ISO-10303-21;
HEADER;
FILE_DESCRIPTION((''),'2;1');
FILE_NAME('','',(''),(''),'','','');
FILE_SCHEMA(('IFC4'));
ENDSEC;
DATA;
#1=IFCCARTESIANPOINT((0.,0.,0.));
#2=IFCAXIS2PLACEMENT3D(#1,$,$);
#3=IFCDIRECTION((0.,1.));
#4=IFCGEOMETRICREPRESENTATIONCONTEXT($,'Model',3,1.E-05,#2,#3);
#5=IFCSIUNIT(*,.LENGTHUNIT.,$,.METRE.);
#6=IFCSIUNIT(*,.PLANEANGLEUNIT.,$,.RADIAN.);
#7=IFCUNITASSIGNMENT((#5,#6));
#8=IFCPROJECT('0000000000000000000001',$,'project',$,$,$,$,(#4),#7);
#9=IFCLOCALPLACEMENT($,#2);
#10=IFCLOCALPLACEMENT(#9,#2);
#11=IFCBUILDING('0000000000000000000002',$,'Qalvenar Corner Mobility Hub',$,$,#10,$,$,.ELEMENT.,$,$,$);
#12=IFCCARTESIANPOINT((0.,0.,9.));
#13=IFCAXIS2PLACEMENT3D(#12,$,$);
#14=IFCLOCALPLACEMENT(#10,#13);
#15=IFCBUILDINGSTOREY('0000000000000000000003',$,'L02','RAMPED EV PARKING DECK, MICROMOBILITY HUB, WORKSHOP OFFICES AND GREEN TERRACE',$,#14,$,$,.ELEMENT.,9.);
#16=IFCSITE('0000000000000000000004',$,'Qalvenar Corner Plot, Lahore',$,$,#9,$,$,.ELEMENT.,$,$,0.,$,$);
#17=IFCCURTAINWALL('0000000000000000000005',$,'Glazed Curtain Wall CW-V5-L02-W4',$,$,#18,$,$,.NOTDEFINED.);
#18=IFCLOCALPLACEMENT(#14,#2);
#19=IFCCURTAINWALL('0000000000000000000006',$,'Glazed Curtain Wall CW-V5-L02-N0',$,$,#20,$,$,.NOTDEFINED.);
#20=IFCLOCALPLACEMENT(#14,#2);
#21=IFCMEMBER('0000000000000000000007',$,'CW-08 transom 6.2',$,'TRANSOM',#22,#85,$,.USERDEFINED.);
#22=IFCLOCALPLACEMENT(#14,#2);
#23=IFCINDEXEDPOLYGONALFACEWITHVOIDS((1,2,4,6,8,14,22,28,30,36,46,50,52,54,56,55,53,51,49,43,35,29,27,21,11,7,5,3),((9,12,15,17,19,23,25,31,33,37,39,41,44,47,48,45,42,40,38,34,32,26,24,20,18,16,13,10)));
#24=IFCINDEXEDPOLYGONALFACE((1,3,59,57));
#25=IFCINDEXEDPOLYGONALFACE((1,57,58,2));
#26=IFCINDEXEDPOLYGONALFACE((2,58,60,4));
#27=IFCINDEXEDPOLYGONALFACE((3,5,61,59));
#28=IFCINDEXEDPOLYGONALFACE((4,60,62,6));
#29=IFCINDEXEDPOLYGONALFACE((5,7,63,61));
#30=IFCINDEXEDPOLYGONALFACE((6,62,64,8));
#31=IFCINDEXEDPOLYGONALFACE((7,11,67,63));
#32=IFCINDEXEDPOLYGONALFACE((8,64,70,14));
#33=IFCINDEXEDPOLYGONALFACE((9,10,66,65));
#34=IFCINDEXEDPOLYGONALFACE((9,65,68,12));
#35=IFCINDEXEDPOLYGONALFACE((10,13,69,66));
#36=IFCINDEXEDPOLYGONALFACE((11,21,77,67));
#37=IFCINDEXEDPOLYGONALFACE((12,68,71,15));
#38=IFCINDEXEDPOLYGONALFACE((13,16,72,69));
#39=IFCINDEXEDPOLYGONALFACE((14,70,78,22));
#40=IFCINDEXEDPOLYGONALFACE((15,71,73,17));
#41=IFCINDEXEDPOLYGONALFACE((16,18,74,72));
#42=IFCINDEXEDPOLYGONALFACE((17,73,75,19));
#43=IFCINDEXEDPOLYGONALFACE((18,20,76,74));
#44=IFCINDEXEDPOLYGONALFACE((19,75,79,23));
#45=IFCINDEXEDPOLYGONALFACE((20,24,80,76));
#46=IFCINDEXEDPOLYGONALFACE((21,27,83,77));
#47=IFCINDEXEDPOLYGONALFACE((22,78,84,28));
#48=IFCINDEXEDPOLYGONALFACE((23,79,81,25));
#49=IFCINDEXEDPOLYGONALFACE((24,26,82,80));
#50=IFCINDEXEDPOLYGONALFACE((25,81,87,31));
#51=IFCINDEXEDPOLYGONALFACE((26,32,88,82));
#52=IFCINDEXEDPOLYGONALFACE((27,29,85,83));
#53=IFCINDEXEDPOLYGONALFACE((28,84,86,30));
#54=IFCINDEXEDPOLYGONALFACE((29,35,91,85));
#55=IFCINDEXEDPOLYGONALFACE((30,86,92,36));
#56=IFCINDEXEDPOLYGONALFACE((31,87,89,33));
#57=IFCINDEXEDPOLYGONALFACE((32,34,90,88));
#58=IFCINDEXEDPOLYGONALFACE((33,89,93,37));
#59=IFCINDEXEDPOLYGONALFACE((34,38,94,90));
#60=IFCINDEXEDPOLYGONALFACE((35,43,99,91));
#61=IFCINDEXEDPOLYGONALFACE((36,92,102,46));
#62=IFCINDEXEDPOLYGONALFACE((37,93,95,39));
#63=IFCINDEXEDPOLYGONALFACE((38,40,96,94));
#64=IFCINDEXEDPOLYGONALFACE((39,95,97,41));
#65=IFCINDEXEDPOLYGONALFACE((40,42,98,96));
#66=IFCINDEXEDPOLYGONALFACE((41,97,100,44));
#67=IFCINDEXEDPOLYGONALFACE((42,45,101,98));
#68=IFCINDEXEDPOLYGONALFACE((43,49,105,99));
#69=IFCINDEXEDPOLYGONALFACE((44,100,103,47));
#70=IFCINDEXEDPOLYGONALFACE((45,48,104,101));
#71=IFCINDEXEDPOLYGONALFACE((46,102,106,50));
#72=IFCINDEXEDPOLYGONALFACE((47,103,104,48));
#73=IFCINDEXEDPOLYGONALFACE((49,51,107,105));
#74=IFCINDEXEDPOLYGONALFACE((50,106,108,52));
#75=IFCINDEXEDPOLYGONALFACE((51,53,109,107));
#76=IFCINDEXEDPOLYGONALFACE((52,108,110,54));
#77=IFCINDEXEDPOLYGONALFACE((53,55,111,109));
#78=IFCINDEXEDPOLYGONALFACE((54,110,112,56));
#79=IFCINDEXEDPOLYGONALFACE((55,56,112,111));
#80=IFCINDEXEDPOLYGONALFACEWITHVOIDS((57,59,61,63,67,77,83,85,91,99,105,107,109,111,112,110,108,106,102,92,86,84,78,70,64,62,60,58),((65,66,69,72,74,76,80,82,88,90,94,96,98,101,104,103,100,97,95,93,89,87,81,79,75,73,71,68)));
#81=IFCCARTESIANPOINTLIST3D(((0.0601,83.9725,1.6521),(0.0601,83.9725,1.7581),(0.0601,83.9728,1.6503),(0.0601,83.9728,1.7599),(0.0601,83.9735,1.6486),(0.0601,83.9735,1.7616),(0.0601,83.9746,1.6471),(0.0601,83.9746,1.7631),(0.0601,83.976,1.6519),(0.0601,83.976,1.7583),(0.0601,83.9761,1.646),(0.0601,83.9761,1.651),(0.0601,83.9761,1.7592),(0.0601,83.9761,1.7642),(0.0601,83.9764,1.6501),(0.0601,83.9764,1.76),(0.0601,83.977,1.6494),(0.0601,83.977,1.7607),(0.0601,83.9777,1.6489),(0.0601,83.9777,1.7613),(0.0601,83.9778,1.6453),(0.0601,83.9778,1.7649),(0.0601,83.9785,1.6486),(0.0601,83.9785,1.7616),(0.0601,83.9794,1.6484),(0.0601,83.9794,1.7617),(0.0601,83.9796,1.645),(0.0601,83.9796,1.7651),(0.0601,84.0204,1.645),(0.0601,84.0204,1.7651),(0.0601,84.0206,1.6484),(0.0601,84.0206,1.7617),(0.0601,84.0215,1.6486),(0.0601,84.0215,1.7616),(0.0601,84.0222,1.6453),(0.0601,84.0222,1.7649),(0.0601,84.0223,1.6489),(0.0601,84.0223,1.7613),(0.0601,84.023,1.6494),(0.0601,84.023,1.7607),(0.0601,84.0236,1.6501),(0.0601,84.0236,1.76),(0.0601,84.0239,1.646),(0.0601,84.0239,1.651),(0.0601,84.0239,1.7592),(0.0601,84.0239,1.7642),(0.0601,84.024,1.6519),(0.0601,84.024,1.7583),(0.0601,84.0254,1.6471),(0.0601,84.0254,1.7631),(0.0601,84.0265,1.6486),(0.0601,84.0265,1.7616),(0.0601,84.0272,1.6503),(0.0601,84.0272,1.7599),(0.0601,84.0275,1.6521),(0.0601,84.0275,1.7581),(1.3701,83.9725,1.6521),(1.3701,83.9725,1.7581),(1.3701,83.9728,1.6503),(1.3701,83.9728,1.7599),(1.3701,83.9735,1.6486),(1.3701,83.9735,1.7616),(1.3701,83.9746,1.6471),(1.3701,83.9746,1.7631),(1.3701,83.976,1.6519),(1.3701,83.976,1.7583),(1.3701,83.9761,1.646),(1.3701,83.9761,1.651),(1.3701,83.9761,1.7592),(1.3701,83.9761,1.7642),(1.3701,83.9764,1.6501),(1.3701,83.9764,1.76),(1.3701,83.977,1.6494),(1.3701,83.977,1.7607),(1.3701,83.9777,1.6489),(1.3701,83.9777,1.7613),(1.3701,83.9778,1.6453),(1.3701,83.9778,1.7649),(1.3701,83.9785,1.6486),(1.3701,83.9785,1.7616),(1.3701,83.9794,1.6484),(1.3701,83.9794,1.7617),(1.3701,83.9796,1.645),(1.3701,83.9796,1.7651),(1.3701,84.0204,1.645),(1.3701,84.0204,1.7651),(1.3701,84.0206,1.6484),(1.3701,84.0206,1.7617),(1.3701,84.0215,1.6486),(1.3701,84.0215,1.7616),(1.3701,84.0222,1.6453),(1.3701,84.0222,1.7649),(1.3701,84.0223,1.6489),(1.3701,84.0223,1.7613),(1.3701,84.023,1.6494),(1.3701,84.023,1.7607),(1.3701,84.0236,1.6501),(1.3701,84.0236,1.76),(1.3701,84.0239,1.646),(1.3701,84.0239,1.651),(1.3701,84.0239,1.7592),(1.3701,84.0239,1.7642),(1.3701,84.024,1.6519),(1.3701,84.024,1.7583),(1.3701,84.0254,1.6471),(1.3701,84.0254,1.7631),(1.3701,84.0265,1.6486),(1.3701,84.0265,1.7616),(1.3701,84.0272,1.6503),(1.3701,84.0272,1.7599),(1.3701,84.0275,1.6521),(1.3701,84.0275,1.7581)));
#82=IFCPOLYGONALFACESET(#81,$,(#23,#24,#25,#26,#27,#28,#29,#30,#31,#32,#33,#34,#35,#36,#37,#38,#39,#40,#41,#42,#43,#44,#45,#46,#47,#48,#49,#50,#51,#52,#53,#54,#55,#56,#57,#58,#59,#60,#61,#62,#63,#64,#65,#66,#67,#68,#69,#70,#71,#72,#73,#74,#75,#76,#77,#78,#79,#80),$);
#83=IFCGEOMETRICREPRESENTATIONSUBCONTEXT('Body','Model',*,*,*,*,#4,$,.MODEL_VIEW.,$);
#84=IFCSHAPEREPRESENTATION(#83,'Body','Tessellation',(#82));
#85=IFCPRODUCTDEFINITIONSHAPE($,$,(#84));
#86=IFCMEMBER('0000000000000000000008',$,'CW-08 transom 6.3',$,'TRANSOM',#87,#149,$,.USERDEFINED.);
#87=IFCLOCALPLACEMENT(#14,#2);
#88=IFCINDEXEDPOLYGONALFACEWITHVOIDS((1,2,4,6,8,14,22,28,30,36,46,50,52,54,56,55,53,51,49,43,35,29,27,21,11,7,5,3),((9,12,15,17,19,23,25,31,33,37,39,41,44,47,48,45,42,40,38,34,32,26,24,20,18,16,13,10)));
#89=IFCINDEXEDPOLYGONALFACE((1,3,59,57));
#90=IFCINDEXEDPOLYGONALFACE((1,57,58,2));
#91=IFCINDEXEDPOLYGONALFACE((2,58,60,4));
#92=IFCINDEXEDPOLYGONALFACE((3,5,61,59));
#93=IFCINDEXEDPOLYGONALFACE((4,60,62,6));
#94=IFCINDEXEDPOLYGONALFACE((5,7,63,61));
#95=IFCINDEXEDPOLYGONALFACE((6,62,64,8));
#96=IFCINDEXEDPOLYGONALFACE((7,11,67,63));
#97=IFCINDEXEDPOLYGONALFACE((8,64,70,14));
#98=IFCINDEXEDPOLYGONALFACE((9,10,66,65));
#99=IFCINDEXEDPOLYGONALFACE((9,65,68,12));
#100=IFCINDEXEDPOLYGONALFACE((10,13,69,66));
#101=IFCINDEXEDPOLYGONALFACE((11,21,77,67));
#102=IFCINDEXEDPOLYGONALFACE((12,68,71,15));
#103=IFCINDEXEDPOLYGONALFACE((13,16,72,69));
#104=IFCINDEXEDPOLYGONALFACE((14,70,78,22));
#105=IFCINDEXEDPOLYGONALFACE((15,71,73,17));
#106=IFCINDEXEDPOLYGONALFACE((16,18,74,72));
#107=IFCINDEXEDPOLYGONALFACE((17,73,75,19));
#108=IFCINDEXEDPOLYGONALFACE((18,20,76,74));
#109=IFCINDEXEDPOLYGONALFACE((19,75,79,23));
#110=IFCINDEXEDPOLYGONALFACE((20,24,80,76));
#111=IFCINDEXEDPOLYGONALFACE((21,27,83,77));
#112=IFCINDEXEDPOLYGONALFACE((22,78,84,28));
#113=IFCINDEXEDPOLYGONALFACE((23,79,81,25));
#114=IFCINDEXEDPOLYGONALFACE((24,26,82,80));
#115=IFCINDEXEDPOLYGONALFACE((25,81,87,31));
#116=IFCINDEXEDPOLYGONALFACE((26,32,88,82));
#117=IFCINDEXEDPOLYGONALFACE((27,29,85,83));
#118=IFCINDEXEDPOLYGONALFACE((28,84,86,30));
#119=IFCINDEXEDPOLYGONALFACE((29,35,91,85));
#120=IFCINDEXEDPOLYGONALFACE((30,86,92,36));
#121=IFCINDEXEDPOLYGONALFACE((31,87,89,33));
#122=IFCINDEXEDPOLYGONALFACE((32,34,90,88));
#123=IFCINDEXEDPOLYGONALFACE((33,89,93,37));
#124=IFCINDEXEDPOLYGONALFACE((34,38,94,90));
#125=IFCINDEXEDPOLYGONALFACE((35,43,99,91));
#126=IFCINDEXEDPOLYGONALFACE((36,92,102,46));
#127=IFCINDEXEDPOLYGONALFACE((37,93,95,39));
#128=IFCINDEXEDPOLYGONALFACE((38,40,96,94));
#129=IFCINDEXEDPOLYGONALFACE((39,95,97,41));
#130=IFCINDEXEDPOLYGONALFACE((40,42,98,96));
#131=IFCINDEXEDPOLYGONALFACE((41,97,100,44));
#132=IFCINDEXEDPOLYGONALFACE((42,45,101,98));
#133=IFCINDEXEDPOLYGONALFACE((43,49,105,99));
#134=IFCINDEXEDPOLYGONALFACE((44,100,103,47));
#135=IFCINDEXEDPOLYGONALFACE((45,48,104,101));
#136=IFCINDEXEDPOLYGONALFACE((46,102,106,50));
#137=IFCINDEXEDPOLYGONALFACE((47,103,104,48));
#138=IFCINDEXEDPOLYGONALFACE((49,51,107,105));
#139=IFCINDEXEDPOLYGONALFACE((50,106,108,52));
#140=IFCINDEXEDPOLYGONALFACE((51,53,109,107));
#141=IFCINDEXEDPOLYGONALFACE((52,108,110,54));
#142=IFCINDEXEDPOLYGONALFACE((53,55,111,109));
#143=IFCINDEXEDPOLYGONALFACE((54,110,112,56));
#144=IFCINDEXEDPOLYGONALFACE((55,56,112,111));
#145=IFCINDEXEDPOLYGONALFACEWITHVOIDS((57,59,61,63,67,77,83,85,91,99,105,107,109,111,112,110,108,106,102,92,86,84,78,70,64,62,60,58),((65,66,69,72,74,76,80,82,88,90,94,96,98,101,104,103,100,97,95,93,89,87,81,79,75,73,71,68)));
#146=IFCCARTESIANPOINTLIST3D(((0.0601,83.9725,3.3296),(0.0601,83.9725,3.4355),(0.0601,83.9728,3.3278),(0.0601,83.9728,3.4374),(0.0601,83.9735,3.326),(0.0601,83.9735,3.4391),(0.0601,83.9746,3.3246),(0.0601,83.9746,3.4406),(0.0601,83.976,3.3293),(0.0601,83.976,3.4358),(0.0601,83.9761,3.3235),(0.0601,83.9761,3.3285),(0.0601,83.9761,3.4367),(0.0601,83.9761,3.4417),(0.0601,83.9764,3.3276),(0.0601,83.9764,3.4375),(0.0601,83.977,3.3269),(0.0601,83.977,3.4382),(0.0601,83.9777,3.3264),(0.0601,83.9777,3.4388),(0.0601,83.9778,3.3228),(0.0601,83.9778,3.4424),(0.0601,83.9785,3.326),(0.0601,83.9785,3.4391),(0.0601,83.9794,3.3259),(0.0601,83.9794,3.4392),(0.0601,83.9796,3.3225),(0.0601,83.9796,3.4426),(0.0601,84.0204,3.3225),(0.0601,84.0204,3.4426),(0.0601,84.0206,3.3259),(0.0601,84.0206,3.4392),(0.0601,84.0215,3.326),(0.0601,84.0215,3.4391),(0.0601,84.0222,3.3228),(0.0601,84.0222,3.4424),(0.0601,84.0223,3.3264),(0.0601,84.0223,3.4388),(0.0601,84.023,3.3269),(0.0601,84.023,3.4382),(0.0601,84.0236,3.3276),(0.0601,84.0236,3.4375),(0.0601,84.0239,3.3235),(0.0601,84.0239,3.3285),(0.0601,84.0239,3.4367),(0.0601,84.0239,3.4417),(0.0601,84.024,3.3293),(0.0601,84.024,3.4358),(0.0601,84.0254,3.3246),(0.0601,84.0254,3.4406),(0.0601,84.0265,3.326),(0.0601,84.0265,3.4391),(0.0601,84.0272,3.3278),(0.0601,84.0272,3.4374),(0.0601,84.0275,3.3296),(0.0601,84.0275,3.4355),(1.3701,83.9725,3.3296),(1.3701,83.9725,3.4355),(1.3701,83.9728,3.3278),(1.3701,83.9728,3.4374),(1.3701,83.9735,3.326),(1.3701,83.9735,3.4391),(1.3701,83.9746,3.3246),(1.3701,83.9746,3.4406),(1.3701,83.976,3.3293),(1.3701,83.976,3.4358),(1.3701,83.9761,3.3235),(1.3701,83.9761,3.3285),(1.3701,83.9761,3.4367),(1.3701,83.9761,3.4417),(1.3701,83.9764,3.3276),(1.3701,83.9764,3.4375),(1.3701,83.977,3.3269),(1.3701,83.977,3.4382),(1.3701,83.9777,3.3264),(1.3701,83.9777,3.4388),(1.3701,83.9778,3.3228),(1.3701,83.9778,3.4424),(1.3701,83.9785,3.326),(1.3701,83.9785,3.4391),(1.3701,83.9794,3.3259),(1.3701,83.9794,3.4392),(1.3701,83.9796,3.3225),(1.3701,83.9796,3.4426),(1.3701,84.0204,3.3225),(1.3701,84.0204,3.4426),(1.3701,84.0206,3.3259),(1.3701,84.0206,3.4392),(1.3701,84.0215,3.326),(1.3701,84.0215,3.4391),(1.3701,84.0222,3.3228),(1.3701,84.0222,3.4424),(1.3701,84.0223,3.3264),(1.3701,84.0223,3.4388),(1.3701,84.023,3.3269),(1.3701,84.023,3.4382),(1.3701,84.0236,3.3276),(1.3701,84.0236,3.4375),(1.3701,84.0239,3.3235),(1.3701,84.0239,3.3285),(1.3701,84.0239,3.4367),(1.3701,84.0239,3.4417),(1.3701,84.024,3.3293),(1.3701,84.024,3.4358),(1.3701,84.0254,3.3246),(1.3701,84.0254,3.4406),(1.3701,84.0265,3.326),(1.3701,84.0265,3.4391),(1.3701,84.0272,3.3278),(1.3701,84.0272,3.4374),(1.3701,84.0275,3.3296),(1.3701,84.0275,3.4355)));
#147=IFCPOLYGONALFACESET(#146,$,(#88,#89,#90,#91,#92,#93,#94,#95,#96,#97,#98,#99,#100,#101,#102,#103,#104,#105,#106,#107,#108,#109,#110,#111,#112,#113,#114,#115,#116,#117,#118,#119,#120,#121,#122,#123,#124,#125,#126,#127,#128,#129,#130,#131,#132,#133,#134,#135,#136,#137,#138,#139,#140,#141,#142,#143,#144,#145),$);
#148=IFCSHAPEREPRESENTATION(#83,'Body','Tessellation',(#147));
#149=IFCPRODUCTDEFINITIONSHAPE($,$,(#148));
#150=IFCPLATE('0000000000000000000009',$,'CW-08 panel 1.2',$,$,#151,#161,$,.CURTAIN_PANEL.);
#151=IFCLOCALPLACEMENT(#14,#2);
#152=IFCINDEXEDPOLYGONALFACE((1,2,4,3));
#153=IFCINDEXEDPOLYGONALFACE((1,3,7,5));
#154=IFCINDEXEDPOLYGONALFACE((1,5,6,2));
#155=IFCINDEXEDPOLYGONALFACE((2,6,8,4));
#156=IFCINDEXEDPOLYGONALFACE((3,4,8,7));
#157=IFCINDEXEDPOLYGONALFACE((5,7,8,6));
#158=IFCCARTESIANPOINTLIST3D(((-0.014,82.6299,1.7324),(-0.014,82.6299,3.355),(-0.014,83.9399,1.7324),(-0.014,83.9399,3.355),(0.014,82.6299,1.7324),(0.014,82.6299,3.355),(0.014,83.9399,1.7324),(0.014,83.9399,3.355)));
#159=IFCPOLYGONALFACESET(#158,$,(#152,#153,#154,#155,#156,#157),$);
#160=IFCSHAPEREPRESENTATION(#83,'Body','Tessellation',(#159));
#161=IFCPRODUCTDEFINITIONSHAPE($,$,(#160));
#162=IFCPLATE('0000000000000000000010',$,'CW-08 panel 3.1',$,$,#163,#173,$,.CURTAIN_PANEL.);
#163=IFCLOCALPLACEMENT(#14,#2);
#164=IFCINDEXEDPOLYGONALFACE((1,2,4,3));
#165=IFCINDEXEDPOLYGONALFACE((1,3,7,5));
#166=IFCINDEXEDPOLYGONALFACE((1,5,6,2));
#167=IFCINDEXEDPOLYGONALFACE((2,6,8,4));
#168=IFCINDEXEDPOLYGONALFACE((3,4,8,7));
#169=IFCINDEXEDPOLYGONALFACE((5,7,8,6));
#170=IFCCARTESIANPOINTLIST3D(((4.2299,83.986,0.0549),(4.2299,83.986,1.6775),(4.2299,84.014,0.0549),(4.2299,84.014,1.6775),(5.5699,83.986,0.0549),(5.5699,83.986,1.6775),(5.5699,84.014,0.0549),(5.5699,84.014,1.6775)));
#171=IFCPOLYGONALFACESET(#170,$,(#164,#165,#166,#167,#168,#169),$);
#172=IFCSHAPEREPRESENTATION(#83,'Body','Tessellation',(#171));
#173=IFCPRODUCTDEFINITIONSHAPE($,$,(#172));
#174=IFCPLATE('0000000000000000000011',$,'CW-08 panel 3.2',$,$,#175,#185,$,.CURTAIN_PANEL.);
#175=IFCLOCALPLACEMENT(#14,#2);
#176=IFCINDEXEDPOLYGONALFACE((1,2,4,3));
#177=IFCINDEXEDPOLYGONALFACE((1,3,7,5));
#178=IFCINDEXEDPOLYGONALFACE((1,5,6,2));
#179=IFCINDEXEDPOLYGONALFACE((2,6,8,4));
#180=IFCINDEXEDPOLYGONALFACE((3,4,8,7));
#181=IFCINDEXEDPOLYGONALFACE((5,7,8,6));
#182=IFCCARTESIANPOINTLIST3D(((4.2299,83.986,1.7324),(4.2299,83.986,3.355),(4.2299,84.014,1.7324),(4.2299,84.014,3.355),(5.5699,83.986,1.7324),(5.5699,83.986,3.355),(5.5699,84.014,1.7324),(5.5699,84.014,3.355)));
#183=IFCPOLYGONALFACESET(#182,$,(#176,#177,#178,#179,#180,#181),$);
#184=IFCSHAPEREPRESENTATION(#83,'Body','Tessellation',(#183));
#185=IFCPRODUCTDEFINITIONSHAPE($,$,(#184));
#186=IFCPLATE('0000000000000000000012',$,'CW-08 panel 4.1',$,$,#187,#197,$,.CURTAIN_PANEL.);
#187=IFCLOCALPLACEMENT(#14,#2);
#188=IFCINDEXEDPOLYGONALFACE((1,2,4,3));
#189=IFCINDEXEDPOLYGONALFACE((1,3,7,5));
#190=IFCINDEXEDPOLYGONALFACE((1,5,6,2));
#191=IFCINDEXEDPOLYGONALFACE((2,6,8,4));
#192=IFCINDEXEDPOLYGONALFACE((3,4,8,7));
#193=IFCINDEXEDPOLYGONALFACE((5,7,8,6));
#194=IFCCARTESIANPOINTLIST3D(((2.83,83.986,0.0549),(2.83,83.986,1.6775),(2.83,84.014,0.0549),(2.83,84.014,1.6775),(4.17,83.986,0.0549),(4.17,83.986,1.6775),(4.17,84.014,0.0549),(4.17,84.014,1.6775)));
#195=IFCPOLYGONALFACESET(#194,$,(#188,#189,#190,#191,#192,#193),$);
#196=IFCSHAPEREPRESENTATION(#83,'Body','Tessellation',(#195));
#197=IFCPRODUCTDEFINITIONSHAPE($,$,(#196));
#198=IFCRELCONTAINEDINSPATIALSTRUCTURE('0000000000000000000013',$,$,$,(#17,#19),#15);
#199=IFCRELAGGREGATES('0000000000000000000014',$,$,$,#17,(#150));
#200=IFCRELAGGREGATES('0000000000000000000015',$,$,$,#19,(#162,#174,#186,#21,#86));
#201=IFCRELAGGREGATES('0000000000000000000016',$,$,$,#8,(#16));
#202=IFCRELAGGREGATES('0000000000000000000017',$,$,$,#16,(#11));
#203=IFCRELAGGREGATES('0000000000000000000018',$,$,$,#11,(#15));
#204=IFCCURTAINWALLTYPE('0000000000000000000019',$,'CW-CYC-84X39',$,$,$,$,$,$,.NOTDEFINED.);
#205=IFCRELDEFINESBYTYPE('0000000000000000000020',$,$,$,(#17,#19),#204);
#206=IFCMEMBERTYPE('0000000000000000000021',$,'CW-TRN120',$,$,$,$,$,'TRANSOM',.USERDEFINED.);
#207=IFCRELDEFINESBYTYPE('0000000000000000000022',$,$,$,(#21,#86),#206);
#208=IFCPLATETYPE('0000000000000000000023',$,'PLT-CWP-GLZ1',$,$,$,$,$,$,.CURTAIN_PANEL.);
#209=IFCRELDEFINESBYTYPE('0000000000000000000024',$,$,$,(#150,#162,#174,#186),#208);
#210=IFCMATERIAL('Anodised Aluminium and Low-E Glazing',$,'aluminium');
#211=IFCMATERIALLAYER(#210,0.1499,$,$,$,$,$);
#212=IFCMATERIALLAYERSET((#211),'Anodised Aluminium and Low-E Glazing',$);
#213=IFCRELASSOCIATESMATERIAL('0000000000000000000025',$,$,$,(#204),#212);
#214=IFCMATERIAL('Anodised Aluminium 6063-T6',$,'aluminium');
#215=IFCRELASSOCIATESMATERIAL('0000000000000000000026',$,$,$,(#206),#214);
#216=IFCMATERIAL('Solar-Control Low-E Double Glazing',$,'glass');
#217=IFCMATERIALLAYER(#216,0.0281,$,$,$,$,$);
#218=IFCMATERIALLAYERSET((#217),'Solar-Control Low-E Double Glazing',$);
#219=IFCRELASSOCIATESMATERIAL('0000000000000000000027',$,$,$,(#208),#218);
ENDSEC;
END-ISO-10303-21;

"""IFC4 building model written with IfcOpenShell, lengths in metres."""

from ifc_helpers import new_model, si_unit, direction, frame, origin, origin_2d, place, context, subcontext, project, spatial, rectangle, hollow_rectangle, extrude, material, layer, layer_set, material_profile, profile_set, type_object, element, aggregate, save


model = new_model("IFC4")

# Units and contexts
model_context = context("Model", 3, precision=1e-05, world=origin(), true_north=direction((0.0, 1.0)))
body_context = subcontext(model_context, "Body", "Model", "MODEL_VIEW")
ifc_project = project(units=[si_unit("LENGTHUNIT", "METRE"), si_unit("PLANEANGLEUNIT", "RADIAN")], contexts=[model_context])

# Site, building, storey
site_placement = place(None, origin())
site = spatial("IfcSite", under=ifc_project, at=site_placement, Name="Qalvenar Corner Plot, Lahore", CompositionType="ELEMENT", RefElevation=0.0)
building_placement = place(site_placement, origin())
building = spatial("IfcBuilding", under=site, at=building_placement, Name="Qalvenar Corner Mobility Hub", CompositionType="ELEMENT")
storey_placement = place(building_placement, frame((0.0, 0.0, 9.0)))
storey = spatial("IfcBuildingStorey", under=building, at=storey_placement, Name="L02", Description="RAMPED EV PARKING DECK, MICROMOBILITY HUB, WORKSHOP OFFICES AND GREEN TERRACE", CompositionType="ELEMENT", Elevation=9.0)

# Curtain wall
ifc_material_1 = material(Name="Anodised Aluminium and Low-E Glazing", Category="aluminium")
ifc_layer_1 = layer(ifc_material_1, 0.1499)
ifc_layer_set_1 = layer_set([ifc_layer_1], Name="Anodised Aluminium and Low-E Glazing")
curtain_wall_type = type_object("IfcCurtainWallType", Name="CW-CYC-84X39", PredefinedType="NOTDEFINED", material=ifc_layer_set_1)
curtain_wall_1_placement = place(storey_placement, origin())
curtain_wall_1 = element("IfcCurtainWall", 1, at=curtain_wall_1_placement, inside=storey, type_object=curtain_wall_type, Name="Glazed Curtain Wall CW-V5-L02-W4", PredefinedType="NOTDEFINED")
ifc_material_2 = material(Name="Anodised Aluminium 6063-T6", Category="aluminium")

# Curtain wall
curtain_wall_2_placement = place(storey_placement, origin())
curtain_wall_2 = element("IfcCurtainWall", 2, at=curtain_wall_2_placement, inside=storey, type_object=curtain_wall_type, Name="Glazed Curtain Wall CW-V5-L02-N0", PredefinedType="NOTDEFINED")

# Members
ifc_material_profile_1 = material_profile(ifc_material_2, hollow_rectangle(XDim=0.0549, YDim=0.1201, WallThickness=0.0034, InnerFilletRadius=0.0034, OuterFilletRadius=0.0071, at=origin_2d()), Name="RHS120x55x3.5")
ifc_profile_set_1 = profile_set([ifc_material_profile_1], Name="Anodised Aluminium 6063-T6")
member_type_1 = type_object("IfcMemberType", Name="CW-TRN120", ElementType="TRANSOM", PredefinedType="USERDEFINED", material=ifc_profile_set_1)
member_1_placement = place(storey_placement, frame((1.3701, 84.0, 1.7051), z_axis=(-1.0, 0.0, 0.0), x_axis=(0.0, -1.0, 0.0)))
member_1 = element("IfcMember", 3, at=member_1_placement, type_object=member_type_1, Name="CW-08 transom 6.2", ObjectType="TRANSOM", PredefinedType="USERDEFINED", context=body_context, shape_type="SweptSolid", body=[
    extrude(hollow_rectangle(XDim=0.0549, YDim=0.1201, WallThickness=0.0034, InnerFilletRadius=0.0034, OuterFilletRadius=0.0071, at=origin_2d()), origin(), (0.0, 0.0, 1.0), 1.3101),
])
member_2_placement = place(storey_placement, frame((1.3701, 84.0, 3.3826), z_axis=(-1.0, 0.0, 0.0), x_axis=(0.0, -1.0, 0.0)))
member_2 = element("IfcMember", 4, at=member_2_placement, type_object=member_type_1, Name="CW-08 transom 6.3", ObjectType="TRANSOM", PredefinedType="USERDEFINED", context=body_context, shape_type="SweptSolid", body=[
    extrude(hollow_rectangle(XDim=0.0549, YDim=0.1201, WallThickness=0.0034, InnerFilletRadius=0.0034, OuterFilletRadius=0.0071, at=origin_2d()), origin(), (0.0, 0.0, 1.0), 1.3101),
])

# Plates
ifc_material_3 = material(Name="Solar-Control Low-E Double Glazing", Category="glass")
ifc_layer_2 = layer(ifc_material_3, 0.0281)
ifc_layer_set_2 = layer_set([ifc_layer_2], Name="Solar-Control Low-E Double Glazing")
plate_type = type_object("IfcPlateType", Name="PLT-CWP-GLZ1", PredefinedType="CURTAIN_PANEL", material=ifc_layer_set_2)
plate_1_placement = place(storey_placement, frame((0.0, 83.2849, 1.7324), z_axis=(0.0, 0.0, 1.0), x_axis=(0.0, -1.0, 0.0)))
plate_1 = element("IfcPlate", 5, at=plate_1_placement, type_object=plate_type, Name="CW-08 panel 1.2", PredefinedType="CURTAIN_PANEL", context=body_context, shape_type="SweptSolid", body=[
    extrude(rectangle(XDim=1.3101, YDim=0.0281, at=origin_2d()), origin(), (0.0, 0.0, 1.0), 1.6226),
])
aggregate(curtain_wall_1, [plate_1])
plate_2_placement = place(storey_placement, frame((4.8999, 84.0, 0.0549), z_axis=(0.0, 0.0, 1.0), x_axis=(-1.0, 0.0, 0.0)))
plate_2 = element("IfcPlate", 6, at=plate_2_placement, type_object=plate_type, Name="CW-08 panel 3.1", PredefinedType="CURTAIN_PANEL", context=body_context, shape_type="SweptSolid", body=[
    extrude(rectangle(XDim=1.3401, YDim=0.0281, at=origin_2d()), origin(), (0.0, 0.0, 1.0), 1.6226),
])
plate_3_placement = place(storey_placement, frame((4.8999, 84.0, 1.7324), z_axis=(0.0, 0.0, 1.0), x_axis=(-1.0, 0.0, 0.0)))
plate_3 = element("IfcPlate", 7, at=plate_3_placement, type_object=plate_type, Name="CW-08 panel 3.2", PredefinedType="CURTAIN_PANEL", context=body_context, shape_type="SweptSolid", body=[
    extrude(rectangle(XDim=1.3401, YDim=0.0281, at=origin_2d()), origin(), (0.0, 0.0, 1.0), 1.6226),
])
plate_4_placement = place(storey_placement, frame((3.5, 84.0, 0.0549), z_axis=(0.0, 0.0, 1.0), x_axis=(-1.0, 0.0, 0.0)))
plate_4 = element("IfcPlate", 8, at=plate_4_placement, type_object=plate_type, Name="CW-08 panel 4.1", PredefinedType="CURTAIN_PANEL", context=body_context, shape_type="SweptSolid", body=[
    extrude(rectangle(XDim=1.3401, YDim=0.0281, at=origin_2d()), origin(), (0.0, 0.0, 1.0), 1.6226),
])
aggregate(curtain_wall_2, [plate_2, plate_3, plate_4, member_1, member_2])

save(model, "model.ifc")
